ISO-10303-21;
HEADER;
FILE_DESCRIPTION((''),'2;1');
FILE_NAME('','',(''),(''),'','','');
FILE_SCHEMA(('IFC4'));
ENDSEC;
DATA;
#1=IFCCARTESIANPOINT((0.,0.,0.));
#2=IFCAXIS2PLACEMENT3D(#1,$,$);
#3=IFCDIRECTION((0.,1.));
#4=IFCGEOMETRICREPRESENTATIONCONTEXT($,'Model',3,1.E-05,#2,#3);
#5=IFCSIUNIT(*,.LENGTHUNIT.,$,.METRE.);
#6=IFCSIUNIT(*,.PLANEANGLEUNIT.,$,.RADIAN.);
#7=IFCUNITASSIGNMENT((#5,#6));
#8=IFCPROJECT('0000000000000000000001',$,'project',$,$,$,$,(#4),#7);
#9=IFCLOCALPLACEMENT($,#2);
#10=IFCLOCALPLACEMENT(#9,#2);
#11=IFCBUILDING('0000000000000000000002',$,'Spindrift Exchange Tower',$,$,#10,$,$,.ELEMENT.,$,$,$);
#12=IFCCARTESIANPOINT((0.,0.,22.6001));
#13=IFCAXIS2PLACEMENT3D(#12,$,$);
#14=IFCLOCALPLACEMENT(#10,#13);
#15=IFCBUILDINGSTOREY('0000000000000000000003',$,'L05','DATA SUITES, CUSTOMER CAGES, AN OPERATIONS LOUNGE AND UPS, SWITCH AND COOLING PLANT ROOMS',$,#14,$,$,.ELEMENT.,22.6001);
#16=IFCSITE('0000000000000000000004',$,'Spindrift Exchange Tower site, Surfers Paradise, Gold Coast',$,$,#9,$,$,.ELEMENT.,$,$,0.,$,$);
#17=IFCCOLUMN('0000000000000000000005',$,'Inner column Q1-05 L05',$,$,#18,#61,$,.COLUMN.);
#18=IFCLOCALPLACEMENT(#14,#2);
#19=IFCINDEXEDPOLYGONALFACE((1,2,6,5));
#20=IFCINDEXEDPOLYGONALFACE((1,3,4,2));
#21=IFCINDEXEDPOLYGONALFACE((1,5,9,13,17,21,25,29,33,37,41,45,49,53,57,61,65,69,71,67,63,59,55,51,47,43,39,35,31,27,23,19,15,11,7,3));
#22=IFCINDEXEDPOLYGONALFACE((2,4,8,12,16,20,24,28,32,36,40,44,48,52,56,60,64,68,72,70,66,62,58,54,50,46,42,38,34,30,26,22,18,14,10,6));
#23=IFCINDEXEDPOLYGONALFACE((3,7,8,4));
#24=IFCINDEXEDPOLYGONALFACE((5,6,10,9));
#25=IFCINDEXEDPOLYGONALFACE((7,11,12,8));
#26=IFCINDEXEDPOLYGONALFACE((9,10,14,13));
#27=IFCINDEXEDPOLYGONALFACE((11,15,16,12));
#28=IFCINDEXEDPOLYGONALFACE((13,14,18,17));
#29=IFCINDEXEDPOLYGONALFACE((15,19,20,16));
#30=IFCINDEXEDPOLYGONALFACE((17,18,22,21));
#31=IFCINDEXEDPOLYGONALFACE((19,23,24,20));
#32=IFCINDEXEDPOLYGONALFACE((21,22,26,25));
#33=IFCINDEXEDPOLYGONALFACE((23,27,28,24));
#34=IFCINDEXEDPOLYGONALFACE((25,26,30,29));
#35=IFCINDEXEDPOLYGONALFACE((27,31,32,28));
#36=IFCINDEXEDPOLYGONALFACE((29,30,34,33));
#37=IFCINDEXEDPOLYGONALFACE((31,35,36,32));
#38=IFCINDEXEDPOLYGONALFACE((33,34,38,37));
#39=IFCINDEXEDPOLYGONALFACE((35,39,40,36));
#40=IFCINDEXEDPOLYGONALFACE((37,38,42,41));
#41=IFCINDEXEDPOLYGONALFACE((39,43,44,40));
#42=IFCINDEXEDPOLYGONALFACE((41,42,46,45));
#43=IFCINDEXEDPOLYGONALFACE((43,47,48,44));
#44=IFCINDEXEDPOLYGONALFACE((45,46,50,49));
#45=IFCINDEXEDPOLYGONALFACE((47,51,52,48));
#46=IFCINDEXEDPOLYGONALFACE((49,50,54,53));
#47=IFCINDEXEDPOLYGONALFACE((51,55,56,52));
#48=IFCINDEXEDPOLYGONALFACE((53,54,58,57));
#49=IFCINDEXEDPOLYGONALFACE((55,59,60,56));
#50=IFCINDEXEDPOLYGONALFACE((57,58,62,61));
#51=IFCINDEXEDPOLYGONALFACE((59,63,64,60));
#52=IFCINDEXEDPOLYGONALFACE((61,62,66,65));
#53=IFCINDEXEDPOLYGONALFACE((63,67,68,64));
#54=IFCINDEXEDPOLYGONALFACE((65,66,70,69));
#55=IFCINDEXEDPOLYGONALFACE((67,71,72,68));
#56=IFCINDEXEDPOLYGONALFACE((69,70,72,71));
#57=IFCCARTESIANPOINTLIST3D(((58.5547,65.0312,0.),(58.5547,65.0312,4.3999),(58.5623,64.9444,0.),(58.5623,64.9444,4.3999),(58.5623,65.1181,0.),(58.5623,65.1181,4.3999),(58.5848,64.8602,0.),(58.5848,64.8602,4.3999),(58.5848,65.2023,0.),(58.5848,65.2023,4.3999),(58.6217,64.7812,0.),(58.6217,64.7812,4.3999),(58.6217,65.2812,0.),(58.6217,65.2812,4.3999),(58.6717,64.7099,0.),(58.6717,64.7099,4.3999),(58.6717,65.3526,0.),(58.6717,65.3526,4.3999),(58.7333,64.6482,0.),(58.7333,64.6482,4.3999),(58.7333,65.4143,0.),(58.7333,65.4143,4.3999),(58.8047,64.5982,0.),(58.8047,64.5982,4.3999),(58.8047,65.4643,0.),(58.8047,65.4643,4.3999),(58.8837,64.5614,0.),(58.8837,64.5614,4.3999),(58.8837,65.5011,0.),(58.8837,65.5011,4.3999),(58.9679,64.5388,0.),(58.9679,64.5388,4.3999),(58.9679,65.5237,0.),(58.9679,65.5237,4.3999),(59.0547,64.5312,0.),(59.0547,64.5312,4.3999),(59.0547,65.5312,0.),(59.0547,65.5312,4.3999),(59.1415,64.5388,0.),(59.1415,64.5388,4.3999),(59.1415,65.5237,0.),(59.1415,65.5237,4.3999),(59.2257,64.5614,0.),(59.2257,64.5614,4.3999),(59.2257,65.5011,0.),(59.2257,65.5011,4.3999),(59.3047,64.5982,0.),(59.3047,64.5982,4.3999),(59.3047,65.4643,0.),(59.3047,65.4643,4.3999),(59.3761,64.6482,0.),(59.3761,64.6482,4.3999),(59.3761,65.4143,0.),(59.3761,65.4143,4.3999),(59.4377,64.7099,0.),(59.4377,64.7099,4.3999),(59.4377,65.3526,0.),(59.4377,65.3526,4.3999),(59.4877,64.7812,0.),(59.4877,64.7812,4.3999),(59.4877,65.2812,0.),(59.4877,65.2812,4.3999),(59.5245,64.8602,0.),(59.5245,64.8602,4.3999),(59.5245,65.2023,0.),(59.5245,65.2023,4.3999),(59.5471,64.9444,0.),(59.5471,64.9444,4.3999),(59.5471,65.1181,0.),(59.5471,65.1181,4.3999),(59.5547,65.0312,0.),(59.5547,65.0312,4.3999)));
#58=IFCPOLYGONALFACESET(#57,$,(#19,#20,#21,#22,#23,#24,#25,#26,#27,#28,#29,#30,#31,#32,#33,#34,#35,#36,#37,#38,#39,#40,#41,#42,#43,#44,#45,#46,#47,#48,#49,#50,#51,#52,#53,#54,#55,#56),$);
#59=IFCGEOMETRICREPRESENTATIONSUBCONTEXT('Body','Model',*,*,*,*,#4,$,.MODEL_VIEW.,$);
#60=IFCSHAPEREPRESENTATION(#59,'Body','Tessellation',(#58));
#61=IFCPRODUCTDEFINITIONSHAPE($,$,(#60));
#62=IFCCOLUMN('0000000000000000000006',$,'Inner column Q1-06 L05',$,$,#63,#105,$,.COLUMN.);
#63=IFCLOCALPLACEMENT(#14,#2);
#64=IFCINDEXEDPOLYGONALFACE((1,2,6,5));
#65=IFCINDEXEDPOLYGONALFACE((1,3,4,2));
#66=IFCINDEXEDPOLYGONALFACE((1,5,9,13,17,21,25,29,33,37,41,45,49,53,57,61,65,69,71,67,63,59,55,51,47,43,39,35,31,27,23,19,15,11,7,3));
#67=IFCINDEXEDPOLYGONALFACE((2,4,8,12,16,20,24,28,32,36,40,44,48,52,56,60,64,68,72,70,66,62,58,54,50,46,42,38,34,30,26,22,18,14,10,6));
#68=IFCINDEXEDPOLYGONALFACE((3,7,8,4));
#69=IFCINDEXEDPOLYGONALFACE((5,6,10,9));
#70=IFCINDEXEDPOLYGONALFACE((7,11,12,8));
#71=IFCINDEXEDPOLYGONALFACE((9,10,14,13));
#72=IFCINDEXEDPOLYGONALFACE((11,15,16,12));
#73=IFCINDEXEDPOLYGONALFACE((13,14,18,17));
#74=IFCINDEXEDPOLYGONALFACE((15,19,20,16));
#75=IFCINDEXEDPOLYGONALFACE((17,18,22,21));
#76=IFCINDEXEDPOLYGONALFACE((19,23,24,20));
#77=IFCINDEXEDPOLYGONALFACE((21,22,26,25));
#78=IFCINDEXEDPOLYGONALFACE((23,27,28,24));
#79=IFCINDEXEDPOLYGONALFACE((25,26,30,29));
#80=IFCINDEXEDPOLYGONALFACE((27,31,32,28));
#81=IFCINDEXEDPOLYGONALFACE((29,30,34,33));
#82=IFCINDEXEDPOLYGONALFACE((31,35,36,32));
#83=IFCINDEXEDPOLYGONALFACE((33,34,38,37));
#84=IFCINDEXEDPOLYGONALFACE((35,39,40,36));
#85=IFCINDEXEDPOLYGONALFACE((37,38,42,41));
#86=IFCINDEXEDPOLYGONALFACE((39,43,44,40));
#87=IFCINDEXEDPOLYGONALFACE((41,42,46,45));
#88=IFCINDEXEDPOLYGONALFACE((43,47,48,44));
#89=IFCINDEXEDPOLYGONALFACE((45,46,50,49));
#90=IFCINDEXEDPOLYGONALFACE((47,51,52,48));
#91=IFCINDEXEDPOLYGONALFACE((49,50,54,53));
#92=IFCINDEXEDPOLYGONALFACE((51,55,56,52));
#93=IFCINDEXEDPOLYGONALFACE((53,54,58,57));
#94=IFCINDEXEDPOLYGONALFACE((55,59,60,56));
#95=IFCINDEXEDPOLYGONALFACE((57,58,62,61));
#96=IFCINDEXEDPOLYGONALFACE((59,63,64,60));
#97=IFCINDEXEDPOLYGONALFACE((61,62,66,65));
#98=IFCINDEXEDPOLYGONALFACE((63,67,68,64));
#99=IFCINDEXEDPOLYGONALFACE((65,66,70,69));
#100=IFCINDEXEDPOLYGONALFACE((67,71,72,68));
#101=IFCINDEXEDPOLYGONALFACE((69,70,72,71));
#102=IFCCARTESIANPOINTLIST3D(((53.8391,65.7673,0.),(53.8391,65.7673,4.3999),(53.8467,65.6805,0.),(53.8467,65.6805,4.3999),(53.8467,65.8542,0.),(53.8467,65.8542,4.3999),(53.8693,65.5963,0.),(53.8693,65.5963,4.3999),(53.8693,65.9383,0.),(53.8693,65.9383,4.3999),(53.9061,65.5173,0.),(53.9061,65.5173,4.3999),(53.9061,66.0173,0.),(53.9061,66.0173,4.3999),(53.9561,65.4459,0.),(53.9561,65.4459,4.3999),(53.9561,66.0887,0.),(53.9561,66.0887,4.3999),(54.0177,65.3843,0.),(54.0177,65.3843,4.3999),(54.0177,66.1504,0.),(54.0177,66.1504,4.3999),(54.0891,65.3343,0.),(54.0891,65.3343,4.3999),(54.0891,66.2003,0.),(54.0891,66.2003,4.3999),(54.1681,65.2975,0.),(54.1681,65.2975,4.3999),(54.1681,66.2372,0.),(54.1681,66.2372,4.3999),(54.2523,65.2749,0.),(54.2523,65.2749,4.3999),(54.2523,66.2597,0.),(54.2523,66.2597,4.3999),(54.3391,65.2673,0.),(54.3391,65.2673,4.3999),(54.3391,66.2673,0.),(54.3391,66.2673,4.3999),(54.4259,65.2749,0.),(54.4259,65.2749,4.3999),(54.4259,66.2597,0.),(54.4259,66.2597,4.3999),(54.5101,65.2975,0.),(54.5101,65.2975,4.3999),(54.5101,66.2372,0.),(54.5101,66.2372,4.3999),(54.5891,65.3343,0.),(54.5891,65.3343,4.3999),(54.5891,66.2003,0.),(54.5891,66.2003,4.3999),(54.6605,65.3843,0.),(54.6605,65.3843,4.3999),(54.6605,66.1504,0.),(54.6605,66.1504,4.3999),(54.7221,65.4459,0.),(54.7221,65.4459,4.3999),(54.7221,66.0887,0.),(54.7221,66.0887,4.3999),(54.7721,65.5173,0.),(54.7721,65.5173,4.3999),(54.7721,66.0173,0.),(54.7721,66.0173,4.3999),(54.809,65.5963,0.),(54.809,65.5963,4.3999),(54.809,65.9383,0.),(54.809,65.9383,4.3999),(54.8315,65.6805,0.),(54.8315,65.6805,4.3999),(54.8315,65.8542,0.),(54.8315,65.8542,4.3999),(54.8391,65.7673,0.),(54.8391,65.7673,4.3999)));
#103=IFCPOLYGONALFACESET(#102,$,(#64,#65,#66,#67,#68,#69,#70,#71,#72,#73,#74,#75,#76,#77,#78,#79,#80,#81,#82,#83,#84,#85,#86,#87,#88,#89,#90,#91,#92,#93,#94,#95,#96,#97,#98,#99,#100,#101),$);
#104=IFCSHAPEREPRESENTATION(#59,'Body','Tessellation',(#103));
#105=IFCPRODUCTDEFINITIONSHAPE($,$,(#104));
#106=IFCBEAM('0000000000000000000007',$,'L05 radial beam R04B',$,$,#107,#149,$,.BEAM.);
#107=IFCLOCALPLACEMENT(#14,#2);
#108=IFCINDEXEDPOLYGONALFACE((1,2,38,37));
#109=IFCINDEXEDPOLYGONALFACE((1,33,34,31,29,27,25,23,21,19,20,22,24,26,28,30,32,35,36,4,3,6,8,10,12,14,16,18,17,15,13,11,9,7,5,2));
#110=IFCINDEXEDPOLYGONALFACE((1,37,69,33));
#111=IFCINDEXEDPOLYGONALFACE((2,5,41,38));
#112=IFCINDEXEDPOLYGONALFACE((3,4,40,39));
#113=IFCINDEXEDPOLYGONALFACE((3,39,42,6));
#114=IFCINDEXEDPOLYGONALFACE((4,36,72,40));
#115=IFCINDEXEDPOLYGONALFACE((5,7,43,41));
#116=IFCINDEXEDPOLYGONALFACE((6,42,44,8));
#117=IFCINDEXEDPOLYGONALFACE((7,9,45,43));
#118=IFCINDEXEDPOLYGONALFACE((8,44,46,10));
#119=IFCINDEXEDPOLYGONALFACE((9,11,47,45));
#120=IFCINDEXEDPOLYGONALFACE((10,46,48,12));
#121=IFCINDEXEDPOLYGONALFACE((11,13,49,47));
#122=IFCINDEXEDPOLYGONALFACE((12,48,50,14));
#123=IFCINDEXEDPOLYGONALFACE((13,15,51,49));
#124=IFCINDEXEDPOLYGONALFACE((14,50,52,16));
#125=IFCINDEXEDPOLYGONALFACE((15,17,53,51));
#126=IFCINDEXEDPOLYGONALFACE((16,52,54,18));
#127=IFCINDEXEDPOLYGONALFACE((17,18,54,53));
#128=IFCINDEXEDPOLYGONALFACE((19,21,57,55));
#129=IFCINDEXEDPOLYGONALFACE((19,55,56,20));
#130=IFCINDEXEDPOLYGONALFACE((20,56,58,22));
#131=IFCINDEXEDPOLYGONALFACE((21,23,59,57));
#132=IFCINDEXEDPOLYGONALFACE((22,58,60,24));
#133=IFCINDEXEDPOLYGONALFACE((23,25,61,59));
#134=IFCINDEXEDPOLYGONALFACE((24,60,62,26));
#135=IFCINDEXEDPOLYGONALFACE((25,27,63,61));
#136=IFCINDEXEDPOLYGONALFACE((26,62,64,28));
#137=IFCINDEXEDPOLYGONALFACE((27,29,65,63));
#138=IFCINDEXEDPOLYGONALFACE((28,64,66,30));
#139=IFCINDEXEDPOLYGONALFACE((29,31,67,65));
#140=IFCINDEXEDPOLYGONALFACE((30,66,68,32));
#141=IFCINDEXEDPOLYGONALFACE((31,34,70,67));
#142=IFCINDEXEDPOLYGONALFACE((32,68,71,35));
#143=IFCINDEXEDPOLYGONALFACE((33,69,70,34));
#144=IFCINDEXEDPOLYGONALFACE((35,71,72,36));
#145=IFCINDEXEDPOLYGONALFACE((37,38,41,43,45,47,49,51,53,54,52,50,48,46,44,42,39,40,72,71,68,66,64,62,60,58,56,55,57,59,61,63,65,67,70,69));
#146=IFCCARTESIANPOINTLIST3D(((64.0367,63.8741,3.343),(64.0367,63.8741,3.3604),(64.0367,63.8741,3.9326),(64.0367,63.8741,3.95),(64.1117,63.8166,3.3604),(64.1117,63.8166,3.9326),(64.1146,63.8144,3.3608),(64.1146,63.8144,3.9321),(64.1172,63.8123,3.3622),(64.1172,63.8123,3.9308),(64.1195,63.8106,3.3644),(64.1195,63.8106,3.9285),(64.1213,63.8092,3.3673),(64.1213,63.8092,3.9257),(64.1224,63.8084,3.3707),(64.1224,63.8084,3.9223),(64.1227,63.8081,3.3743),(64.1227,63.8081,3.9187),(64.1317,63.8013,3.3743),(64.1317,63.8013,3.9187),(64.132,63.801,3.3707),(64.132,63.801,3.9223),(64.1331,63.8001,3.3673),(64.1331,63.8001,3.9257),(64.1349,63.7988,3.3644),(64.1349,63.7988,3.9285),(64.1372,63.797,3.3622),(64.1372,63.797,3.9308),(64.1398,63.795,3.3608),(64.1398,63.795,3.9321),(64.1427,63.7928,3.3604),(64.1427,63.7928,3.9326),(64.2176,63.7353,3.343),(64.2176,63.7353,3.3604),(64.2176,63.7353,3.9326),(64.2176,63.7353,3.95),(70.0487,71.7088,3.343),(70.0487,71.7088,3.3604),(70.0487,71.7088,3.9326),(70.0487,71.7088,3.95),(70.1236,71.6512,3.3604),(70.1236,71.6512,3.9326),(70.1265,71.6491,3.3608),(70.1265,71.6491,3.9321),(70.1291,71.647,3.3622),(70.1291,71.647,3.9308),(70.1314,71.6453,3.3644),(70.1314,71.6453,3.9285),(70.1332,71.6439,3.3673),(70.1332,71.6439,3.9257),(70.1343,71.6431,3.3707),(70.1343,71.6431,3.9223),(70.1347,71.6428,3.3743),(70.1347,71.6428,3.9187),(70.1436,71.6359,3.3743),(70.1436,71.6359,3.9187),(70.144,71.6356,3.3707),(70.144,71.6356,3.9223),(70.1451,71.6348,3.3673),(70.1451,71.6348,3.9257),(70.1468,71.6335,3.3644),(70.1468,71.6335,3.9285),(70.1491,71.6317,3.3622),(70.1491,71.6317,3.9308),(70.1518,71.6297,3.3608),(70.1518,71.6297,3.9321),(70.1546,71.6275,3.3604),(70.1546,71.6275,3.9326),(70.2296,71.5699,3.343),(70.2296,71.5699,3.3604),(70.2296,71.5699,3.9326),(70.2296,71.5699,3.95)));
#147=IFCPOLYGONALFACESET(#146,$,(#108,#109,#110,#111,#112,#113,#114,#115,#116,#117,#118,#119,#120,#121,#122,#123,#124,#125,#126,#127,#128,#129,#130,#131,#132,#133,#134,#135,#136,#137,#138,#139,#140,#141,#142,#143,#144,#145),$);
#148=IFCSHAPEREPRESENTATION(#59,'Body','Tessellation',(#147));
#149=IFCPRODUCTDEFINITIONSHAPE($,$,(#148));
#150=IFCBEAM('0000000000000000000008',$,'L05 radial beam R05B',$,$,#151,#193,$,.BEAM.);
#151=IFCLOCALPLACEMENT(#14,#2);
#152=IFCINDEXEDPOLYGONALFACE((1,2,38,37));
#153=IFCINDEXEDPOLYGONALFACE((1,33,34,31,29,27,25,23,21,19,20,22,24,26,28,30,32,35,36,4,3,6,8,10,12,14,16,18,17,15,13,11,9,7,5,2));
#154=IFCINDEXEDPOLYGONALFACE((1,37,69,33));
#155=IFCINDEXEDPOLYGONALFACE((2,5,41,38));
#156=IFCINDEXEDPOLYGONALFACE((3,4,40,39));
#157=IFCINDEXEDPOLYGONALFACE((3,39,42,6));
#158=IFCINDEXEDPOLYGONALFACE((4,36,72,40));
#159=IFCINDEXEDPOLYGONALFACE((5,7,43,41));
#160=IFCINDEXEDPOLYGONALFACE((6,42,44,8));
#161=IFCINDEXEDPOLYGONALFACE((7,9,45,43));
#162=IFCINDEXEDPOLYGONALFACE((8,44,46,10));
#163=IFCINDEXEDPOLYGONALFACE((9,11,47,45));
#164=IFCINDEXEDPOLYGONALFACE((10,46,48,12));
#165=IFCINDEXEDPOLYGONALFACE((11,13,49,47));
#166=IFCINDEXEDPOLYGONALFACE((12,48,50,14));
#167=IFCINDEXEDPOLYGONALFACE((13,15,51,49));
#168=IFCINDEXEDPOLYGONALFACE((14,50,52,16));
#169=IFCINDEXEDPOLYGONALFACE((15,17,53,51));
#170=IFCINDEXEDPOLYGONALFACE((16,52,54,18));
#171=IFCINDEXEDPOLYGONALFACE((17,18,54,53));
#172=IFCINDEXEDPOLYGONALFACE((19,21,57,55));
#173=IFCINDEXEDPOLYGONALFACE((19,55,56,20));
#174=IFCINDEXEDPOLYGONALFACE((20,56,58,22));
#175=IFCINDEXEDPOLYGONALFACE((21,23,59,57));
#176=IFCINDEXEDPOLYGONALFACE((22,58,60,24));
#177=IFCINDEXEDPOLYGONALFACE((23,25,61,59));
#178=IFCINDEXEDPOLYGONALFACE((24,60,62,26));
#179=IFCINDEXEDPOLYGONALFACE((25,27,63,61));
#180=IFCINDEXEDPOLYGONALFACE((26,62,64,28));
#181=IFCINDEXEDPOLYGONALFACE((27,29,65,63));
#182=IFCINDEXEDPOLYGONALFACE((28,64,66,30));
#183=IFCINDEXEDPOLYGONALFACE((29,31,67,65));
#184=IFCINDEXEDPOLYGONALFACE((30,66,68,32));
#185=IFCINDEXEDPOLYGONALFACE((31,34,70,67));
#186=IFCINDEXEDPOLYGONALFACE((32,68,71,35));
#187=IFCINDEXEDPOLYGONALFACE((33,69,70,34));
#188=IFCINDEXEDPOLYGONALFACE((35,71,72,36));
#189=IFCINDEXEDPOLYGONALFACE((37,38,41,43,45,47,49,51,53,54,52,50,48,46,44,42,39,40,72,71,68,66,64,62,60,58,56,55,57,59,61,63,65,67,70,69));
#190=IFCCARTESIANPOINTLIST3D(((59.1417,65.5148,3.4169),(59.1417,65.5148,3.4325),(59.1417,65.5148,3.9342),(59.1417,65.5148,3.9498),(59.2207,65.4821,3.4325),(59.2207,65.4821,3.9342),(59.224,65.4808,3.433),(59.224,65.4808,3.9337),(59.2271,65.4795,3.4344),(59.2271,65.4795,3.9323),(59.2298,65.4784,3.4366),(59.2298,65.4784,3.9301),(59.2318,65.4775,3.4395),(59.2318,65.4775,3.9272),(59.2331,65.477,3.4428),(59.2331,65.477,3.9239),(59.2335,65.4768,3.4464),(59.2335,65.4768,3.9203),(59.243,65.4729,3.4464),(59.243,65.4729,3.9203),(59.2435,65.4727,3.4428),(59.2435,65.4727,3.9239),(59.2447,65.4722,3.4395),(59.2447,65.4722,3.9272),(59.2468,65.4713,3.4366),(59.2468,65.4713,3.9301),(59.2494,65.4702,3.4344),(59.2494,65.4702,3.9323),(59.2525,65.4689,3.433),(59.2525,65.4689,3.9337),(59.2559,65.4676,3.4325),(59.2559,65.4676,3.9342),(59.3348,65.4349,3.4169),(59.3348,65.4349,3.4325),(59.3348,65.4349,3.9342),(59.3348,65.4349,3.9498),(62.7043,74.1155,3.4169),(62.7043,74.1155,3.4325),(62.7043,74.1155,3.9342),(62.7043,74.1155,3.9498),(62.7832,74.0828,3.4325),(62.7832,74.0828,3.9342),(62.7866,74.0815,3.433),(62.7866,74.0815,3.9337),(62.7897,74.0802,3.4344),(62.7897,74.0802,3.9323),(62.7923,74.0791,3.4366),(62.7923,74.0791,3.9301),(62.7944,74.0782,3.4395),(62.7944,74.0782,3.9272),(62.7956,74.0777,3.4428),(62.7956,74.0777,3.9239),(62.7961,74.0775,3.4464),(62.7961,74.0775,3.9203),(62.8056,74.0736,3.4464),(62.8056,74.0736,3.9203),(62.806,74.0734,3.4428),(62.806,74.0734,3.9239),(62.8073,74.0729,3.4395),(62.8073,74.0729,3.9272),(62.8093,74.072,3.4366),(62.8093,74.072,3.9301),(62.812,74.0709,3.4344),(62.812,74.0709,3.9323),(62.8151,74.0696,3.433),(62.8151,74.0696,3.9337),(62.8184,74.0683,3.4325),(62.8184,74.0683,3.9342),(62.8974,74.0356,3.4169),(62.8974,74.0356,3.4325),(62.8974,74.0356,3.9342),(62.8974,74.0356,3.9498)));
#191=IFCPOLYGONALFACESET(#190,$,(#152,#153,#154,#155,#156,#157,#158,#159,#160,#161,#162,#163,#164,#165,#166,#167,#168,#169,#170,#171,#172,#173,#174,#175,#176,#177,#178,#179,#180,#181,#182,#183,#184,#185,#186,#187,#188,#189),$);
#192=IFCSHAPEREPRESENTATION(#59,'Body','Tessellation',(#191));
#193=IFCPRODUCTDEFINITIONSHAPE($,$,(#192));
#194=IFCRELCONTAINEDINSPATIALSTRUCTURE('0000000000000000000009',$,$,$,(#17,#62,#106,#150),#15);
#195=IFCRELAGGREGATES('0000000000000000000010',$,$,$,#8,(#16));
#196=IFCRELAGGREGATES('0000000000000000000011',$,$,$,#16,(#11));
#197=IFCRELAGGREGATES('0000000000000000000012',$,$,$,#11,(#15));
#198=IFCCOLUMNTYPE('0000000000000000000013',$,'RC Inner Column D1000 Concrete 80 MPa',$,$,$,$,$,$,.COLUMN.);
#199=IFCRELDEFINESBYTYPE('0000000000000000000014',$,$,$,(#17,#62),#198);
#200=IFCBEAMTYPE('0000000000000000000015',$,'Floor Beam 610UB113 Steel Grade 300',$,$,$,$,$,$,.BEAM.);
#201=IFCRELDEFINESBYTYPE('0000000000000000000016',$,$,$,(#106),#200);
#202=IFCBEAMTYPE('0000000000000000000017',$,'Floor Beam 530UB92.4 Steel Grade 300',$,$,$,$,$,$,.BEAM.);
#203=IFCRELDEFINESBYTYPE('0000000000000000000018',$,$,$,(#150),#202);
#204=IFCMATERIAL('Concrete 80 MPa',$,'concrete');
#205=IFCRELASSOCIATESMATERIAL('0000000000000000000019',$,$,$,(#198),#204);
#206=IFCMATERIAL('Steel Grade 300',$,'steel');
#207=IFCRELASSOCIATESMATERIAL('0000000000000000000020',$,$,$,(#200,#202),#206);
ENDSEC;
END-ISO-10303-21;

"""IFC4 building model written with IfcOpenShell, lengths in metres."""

from ifc_helpers import new_model, si_unit, direction, frame, origin, origin_2d, place, context, subcontext, project, spatial, circle, i_section, extrude, source, transform, mapped, material, material_profile, profile_set, type_object, element, save


model = new_model("IFC4")

# Units and contexts
model_context = context("Model", 3, precision=1e-05, world=origin(), true_north=direction((0.0, 1.0)))
body_context = subcontext(model_context, "Body", "Model", "MODEL_VIEW")
ifc_project = project(units=[si_unit("LENGTHUNIT", "METRE"), si_unit("PLANEANGLEUNIT", "RADIAN")], contexts=[model_context])

# Site, building, storey
site_placement = place(None, origin())
site = spatial("IfcSite", under=ifc_project, at=site_placement, Name="Spindrift Exchange Tower site, Surfers Paradise, Gold Coast", CompositionType="ELEMENT", RefElevation=0.0)
building_placement = place(site_placement, origin())
building = spatial("IfcBuilding", under=site, at=building_placement, Name="Spindrift Exchange Tower", CompositionType="ELEMENT")
storey_placement = place(building_placement, frame((0.0, 0.0, 22.6001)))
storey = spatial("IfcBuildingStorey", under=building, at=storey_placement, Name="L05", Description="DATA SUITES, CUSTOMER CAGES, AN OPERATIONS LOUNGE AND UPS, SWITCH AND COOLING PLANT ROOMS", CompositionType="ELEMENT", Elevation=22.6001)

# Columns
ifc_material_1 = material(Name="Concrete 80 MPa", Category="concrete")
ifc_material_profile_1 = material_profile(ifc_material_1, circle(Radius=0.5, at=origin_2d()), Name="RC D1000")
ifc_profile_set_1 = profile_set([ifc_material_profile_1], Name="Concrete 80 MPa")
column_type_1 = type_object("IfcColumnType", Name="RC Inner Column D1000 Concrete 80 MPa", PredefinedType="COLUMN", material=ifc_profile_set_1)
shared_shape_1 = source(origin(), body_context, "Body", "SweptSolid", [
    extrude(circle(Radius=0.5, at=origin_2d()), origin(), (0.0, 0.0, 1.0), 4.3999),
])
for number, where, z_axis, x_axis, name in (
    (1, (59.0547, 65.0312, 0.0), (0.0, 0.0, 1.0), (1.0, 0.0, 0.0), "Inner column Q1-05 L05"),
    (2, (54.3391, 65.7673, 0.0), (0.0, 0.0, 1.0), (1.0, 0.0, 0.0), "Inner column Q1-06 L05"),
):
    element("IfcColumn", number, at=place(storey_placement, frame(where, z_axis=z_axis, x_axis=x_axis)), inside=storey, type_object=column_type_1, Name=name, PredefinedType="COLUMN", context=body_context, shape_type="MappedRepresentation", body=[
        mapped(shared_shape_1, transform((0.0, 0.0, 0.0), scale=1.0)),
    ])

# Beams
ifc_material_2 = material(Name="Steel Grade 300", Category="steel")
ifc_material_profile_2 = material_profile(ifc_material_2, i_section(OverallWidth=0.228, OverallDepth=0.6069, WebThickness=0.0112, FlangeThickness=0.0173, FilletRadius=0.0139, at=origin_2d()), Name="610UB113")
ifc_profile_set_2 = profile_set([ifc_material_profile_2], Name="Steel Grade 300")
beam_type_1 = type_object("IfcBeamType", Name="Floor Beam 610UB113 Steel Grade 300", PredefinedType="BEAM", material=ifc_profile_set_2)
shared_shape_2 = source(origin(), body_context, "Body", "SweptSolid", [
    extrude(i_section(OverallWidth=0.228, OverallDepth=0.6069, WebThickness=0.0112, FlangeThickness=0.0173, FilletRadius=0.0139, at=origin_2d()), origin(), (0.0, 0.0, 1.0), 9.8755),
])
beam_1_placement = place(storey_placement, frame((64.1272, 63.8047, 3.6465), z_axis=(0.608772, 0.793345, 0.0), x_axis=(-0.793345, 0.608772, 0.0)))
element("IfcBeam", 3, at=beam_1_placement, inside=storey, type_object=beam_type_1, Name="L05 radial beam R04B", PredefinedType="BEAM", context=body_context, shape_type="MappedRepresentation", body=[
    mapped(shared_shape_2, transform((0.0, 0.0, 0.0), scale=1.0)),
])
ifc_material_profile_3 = material_profile(ifc_material_2, i_section(OverallWidth=0.209, OverallDepth=0.533, WebThickness=0.0103, FlangeThickness=0.0156, FilletRadius=0.0139, at=origin_2d()), Name="530UB92.4")
ifc_profile_set_3 = profile_set([ifc_material_profile_3], Name="Steel Grade 300")
beam_type_2 = type_object("IfcBeamType", Name="Floor Beam 530UB92.4 Steel Grade 300", PredefinedType="BEAM", material=ifc_profile_set_3)
shared_shape_3 = source(origin(), body_context, "Body", "SweptSolid", [
    extrude(i_section(OverallWidth=0.209, OverallDepth=0.533, WebThickness=0.0103, FlangeThickness=0.0156, FilletRadius=0.0139, at=origin_2d()), origin(), (0.0, 0.0, 1.0), 9.3093),
])
beam_2_placement = place(storey_placement, frame((59.2383, 65.4749, 3.6833), z_axis=(0.382685, 0.923879, 0.0), x_axis=(-0.923879, 0.382685, 0.0)))
element("IfcBeam", 4, at=beam_2_placement, inside=storey, type_object=beam_type_2, Name="L05 radial beam R05B", PredefinedType="BEAM", context=body_context, shape_type="MappedRepresentation", body=[
    mapped(shared_shape_3, transform((0.0, 0.0, 0.0), scale=1.0)),
])

save(model, "model.ifc")
